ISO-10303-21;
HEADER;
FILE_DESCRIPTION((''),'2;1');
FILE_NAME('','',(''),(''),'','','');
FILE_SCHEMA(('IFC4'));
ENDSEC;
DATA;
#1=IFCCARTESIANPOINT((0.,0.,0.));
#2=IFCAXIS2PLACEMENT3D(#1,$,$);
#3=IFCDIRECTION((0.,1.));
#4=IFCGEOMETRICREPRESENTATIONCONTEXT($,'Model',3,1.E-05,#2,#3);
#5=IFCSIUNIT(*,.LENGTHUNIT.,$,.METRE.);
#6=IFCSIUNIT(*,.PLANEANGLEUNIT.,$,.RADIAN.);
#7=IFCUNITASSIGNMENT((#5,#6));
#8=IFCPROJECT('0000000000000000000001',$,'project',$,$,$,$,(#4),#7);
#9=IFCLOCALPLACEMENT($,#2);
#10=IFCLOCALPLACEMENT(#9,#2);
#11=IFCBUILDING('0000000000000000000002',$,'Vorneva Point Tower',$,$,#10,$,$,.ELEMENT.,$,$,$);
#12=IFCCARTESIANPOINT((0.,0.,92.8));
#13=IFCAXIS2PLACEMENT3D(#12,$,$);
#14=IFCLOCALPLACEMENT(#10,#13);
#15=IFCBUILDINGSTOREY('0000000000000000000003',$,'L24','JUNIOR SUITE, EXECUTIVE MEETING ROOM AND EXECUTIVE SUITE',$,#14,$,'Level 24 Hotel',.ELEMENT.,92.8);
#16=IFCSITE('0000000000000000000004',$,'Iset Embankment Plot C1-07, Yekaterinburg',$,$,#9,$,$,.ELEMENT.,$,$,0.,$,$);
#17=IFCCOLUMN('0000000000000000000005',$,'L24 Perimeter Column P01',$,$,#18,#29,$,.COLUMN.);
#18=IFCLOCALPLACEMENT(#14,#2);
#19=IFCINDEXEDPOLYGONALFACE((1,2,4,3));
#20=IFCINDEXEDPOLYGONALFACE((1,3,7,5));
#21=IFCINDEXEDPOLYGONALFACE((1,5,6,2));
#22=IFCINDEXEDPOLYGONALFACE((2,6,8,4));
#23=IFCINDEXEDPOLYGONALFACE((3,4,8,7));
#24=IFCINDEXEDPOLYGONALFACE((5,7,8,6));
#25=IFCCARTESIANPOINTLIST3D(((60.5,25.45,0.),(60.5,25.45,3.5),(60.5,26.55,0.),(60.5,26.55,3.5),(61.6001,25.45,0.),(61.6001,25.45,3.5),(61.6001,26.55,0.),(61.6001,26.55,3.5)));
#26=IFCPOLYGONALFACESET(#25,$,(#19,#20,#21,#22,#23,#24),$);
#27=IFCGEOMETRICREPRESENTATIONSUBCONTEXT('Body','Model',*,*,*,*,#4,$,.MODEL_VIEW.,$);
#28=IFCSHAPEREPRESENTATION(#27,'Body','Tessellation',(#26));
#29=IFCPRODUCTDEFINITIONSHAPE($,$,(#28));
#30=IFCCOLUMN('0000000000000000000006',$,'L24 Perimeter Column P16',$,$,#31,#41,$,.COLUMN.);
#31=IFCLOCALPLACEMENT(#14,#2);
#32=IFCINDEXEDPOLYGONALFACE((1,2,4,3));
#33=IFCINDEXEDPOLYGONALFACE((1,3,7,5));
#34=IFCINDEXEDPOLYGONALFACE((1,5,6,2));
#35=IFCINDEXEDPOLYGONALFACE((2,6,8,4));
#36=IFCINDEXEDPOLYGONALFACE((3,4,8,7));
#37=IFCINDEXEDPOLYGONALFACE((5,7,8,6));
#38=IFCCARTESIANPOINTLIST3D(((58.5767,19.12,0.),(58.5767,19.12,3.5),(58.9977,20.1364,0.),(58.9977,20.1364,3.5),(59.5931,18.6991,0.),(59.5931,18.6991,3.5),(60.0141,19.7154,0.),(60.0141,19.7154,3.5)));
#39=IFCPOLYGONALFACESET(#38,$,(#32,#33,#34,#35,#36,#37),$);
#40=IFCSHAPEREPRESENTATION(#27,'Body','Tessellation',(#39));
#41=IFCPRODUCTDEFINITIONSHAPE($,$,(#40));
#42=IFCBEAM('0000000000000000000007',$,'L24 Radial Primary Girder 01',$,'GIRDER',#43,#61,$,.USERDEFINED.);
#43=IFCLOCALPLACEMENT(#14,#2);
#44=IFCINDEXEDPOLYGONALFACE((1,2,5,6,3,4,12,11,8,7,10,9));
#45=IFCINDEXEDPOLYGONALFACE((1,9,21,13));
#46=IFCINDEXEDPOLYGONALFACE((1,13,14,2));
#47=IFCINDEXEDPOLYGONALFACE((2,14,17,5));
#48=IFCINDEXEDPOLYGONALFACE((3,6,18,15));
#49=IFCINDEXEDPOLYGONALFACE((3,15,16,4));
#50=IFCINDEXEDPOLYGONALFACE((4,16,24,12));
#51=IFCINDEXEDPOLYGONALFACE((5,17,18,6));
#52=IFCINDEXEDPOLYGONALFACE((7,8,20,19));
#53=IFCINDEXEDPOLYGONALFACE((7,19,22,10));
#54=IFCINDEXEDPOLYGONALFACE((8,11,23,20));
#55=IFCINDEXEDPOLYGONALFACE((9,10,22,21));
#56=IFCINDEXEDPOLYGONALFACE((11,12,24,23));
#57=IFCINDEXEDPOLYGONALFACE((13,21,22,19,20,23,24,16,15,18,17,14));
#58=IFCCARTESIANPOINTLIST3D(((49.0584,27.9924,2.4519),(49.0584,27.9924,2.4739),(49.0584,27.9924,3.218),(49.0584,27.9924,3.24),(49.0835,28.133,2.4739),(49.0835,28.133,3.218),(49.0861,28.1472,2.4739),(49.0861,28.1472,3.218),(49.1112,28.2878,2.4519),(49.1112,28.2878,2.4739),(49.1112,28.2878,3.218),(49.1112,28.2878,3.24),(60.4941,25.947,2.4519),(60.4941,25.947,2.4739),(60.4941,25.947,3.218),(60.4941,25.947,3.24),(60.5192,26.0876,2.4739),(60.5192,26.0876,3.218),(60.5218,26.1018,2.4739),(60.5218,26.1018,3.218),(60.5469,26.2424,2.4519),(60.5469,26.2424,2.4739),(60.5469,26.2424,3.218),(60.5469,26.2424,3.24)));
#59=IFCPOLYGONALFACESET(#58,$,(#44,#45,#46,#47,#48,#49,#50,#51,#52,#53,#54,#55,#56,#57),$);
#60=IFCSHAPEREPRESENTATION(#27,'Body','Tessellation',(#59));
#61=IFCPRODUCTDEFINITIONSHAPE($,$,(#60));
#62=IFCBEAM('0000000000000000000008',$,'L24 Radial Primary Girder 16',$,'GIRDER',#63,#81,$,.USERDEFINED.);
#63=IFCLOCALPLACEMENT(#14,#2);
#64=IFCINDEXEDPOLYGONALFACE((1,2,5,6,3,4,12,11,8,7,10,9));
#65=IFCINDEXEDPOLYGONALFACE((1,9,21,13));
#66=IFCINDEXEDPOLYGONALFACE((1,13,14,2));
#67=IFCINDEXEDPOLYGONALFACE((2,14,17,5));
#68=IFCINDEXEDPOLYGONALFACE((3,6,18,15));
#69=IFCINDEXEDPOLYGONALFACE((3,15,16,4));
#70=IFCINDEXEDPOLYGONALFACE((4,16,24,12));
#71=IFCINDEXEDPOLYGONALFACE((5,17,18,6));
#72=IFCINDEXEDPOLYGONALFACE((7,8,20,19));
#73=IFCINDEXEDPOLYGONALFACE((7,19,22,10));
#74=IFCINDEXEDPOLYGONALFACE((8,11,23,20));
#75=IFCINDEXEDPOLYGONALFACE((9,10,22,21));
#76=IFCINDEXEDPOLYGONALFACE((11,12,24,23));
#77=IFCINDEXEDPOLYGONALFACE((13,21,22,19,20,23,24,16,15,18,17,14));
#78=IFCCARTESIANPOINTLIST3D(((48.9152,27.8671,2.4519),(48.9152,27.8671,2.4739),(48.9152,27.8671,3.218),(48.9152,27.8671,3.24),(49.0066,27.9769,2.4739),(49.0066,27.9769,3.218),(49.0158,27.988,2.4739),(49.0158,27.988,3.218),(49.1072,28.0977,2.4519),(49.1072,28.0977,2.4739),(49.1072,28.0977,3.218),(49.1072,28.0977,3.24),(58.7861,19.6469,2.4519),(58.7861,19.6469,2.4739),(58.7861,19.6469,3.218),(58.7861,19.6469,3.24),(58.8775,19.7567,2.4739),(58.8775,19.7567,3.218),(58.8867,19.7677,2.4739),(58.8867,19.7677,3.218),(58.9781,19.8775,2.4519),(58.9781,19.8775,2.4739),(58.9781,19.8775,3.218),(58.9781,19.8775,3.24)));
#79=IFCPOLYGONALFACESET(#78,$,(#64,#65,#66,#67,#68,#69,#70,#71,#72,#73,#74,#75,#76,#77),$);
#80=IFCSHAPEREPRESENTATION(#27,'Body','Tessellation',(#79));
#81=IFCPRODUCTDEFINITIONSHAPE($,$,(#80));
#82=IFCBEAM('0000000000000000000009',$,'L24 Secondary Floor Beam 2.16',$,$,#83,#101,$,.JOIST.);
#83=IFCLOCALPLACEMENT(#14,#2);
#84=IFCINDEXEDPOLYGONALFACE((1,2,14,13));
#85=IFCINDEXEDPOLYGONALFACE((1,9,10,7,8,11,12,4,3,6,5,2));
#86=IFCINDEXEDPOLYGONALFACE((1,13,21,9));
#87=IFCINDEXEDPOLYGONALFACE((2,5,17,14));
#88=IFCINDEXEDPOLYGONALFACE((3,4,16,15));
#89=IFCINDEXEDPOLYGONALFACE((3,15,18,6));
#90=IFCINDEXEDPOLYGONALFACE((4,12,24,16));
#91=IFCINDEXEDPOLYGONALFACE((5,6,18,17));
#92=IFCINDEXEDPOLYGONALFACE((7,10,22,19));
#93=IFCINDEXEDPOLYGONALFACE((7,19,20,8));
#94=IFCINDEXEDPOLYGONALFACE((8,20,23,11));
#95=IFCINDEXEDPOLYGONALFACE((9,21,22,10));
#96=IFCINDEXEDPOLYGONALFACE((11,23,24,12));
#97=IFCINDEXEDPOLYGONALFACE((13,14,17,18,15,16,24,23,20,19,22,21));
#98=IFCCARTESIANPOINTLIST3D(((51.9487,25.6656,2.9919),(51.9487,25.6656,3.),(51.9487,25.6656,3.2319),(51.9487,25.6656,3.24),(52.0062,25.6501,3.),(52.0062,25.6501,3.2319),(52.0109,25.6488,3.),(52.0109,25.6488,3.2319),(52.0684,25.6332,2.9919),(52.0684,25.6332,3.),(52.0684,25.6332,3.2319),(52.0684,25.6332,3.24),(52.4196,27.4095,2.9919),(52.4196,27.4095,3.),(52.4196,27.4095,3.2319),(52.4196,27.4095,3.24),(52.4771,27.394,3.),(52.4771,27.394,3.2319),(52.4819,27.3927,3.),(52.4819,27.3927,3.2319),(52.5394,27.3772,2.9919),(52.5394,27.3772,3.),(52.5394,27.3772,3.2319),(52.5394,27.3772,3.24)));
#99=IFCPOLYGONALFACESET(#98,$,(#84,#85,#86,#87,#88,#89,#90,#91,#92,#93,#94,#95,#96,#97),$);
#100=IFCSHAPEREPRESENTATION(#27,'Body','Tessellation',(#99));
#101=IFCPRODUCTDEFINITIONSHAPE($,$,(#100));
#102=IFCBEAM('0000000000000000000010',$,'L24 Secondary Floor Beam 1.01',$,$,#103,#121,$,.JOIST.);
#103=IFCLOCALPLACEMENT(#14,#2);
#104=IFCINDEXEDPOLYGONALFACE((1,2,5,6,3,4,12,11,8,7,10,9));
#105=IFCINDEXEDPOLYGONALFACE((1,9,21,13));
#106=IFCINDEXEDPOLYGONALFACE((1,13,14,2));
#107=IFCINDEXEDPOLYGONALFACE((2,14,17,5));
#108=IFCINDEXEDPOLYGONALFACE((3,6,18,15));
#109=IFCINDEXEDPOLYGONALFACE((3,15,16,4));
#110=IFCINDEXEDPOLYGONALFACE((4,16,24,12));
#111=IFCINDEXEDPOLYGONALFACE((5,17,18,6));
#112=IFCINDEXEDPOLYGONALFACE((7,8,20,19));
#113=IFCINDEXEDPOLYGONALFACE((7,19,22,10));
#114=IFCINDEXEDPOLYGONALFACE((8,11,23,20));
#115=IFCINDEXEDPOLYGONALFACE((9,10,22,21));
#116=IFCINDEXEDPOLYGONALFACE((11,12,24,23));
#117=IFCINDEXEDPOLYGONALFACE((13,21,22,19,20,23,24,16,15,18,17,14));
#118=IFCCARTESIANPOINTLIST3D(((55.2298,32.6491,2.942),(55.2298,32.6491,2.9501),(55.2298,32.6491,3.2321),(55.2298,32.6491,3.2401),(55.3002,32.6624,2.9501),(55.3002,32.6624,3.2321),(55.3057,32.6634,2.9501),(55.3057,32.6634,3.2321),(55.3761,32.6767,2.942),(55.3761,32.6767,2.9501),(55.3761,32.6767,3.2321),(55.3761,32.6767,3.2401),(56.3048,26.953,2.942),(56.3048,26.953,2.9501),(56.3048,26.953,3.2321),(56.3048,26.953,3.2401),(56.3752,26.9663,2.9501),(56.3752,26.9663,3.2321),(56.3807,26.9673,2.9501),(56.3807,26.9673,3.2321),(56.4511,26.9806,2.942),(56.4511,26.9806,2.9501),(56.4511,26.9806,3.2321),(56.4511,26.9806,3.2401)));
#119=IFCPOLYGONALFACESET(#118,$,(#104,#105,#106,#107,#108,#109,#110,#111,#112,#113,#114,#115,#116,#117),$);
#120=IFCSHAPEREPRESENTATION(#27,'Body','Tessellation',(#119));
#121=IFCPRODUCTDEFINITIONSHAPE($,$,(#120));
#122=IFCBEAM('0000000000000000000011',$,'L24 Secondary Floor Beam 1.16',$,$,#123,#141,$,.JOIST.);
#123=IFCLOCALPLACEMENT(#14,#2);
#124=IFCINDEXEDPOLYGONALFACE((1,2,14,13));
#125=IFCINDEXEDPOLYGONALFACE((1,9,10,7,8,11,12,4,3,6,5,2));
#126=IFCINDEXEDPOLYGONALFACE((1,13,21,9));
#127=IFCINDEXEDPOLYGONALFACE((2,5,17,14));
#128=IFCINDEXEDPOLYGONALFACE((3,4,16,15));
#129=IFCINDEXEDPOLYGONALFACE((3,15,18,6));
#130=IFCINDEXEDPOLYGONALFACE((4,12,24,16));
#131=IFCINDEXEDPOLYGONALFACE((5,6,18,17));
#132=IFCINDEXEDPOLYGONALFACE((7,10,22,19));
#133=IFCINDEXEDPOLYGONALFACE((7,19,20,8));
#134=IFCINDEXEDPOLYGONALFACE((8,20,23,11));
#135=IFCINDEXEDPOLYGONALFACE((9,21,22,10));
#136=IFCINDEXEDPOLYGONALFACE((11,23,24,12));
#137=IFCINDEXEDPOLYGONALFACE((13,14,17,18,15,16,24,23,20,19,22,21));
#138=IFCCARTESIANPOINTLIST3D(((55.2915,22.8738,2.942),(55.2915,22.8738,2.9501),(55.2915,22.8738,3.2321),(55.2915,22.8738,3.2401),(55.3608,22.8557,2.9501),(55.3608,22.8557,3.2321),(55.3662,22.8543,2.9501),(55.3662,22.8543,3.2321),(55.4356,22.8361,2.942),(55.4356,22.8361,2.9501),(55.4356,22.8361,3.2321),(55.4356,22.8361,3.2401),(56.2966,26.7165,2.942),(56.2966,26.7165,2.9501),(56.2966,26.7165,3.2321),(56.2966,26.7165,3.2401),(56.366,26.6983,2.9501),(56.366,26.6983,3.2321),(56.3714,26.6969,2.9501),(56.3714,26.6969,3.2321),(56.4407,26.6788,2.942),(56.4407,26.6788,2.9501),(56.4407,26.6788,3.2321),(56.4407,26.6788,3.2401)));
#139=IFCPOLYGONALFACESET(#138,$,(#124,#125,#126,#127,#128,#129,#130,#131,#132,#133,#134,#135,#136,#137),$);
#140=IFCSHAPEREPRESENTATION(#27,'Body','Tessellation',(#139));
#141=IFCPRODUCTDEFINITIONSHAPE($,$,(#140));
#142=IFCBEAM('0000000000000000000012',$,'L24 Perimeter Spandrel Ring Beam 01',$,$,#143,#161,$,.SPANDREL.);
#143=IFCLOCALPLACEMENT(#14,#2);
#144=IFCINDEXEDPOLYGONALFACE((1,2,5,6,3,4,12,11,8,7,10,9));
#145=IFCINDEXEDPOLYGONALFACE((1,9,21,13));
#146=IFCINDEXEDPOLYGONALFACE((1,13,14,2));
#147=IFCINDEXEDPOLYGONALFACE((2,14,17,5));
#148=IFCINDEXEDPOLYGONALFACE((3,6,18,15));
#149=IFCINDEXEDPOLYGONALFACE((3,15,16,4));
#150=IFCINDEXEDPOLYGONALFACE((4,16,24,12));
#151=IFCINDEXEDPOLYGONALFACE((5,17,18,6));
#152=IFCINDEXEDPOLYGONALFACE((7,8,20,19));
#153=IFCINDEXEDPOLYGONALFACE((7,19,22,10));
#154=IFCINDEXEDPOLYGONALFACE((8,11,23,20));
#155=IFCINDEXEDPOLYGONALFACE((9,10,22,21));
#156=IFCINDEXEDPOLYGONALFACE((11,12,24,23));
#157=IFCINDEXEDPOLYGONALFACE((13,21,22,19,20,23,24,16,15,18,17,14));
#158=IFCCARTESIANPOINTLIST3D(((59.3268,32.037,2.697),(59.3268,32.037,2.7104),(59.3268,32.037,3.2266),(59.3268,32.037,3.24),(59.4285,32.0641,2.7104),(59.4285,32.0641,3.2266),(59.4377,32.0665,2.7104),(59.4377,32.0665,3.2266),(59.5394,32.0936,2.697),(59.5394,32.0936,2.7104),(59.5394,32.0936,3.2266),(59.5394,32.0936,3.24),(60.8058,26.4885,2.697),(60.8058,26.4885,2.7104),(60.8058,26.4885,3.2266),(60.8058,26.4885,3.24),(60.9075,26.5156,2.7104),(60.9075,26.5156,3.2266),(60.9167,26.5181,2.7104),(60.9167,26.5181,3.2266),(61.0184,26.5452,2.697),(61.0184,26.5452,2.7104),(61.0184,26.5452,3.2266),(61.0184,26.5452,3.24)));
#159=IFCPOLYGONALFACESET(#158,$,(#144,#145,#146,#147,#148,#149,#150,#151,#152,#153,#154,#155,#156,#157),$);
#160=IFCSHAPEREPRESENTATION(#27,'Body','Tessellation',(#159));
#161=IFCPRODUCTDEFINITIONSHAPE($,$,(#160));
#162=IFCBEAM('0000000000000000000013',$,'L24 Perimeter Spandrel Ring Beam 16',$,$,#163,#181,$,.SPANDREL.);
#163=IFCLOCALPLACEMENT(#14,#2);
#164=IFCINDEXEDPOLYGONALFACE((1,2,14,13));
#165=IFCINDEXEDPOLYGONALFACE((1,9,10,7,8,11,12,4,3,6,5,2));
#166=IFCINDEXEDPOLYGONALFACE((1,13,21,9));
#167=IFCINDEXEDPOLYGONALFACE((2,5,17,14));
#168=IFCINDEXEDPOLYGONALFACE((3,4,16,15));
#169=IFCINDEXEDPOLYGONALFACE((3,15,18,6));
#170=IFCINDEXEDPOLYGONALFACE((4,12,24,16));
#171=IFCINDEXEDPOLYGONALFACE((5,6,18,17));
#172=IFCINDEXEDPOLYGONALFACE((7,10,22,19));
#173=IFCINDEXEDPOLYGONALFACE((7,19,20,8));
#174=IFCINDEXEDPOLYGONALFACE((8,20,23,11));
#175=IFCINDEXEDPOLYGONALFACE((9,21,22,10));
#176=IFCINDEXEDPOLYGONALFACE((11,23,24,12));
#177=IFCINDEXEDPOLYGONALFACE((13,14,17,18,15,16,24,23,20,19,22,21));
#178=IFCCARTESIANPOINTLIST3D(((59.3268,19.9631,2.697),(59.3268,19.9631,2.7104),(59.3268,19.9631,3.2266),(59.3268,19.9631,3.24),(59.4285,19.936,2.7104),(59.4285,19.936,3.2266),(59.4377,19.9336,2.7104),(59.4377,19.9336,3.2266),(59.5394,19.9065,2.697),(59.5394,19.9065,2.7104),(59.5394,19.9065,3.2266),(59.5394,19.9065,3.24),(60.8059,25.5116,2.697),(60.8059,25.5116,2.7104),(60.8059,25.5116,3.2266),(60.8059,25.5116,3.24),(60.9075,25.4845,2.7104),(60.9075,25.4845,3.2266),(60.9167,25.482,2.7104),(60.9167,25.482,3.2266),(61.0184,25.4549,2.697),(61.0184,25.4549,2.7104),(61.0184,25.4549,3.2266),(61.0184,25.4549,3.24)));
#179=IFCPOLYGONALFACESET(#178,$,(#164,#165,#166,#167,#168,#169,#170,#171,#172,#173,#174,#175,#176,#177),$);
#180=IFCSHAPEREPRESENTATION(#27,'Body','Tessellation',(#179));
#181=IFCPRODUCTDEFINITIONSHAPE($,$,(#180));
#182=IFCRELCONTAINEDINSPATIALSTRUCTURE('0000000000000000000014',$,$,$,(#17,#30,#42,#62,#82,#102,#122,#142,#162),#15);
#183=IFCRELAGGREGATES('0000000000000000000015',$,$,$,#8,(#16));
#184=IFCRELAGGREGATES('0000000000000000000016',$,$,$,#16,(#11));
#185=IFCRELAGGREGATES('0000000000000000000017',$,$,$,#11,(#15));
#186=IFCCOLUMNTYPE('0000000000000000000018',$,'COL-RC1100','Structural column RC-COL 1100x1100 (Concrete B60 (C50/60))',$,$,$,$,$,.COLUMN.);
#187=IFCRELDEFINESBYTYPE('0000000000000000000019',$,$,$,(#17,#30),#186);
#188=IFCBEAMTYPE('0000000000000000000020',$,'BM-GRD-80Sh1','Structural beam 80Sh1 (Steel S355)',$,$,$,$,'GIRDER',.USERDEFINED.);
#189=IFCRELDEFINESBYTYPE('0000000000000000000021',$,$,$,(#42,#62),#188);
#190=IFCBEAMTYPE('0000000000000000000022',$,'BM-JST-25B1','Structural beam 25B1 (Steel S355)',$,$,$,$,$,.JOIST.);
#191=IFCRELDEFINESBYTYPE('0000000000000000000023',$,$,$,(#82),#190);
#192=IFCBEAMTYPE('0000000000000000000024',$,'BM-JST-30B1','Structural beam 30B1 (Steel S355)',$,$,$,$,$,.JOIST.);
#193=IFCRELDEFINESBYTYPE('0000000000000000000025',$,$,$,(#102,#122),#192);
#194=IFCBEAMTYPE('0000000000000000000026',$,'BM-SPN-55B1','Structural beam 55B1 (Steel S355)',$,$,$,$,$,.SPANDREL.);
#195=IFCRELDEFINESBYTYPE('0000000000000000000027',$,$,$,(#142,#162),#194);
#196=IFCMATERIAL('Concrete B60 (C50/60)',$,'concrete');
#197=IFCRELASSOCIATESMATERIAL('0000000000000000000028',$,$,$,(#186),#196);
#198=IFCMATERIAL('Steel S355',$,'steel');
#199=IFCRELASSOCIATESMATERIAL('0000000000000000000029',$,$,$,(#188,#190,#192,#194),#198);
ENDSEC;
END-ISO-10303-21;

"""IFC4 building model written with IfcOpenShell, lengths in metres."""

from ifc_helpers import new_model, si_unit, direction, frame, origin, origin_2d, place, context, subcontext, project, spatial, rectangle, i_section, extrude, material, material_profile, profile_set, type_object, element, save


model = new_model("IFC4")

# Units and contexts
model_context = context("Model", 3, precision=1e-05, world=origin(), true_north=direction((0.0, 1.0)))
body_context = subcontext(model_context, "Body", "Model", "MODEL_VIEW")
ifc_project = project(units=[si_unit("LENGTHUNIT", "METRE"), si_unit("PLANEANGLEUNIT", "RADIAN")], contexts=[model_context])

# Site, building, storey
site_placement = place(None, origin())
site = spatial("IfcSite", under=ifc_project, at=site_placement, Name="Iset Embankment Plot C1-07, Yekaterinburg", CompositionType="ELEMENT", RefElevation=0.0)
building_placement = place(site_placement, origin())
building = spatial("IfcBuilding", under=site, at=building_placement, Name="Vorneva Point Tower", CompositionType="ELEMENT")
storey_placement = place(building_placement, frame((0.0, 0.0, 92.8)))
storey = spatial("IfcBuildingStorey", under=building, at=storey_placement, Name="L24", Description="JUNIOR SUITE, EXECUTIVE MEETING ROOM AND EXECUTIVE SUITE", LongName="Level 24 Hotel", CompositionType="ELEMENT", Elevation=92.8)

# Columns
ifc_material_1 = material(Name="Concrete B60 (C50/60)", Category="concrete")
ifc_material_profile_1 = material_profile(ifc_material_1, rectangle(XDim=1.1001, YDim=1.1001, at=origin_2d()), Name="RC-COL 1100x1100")
ifc_profile_set_1 = profile_set([ifc_material_profile_1], Name="Concrete B60 (C50/60)")
column_type = type_object("IfcColumnType", Name="COL-RC1100", Description="Structural column RC-COL 1100x1100 (Concrete B60 (C50/60))", PredefinedType="COLUMN", material=ifc_profile_set_1)
for number, where, z_axis, x_axis, name in (
    (1, (61.05, 26.0, 0.0), (0.0, 0.0, 1.0), (1.0, 0.0, 0.0), "L24 Perimeter Column P01"),
    (2, (59.2954, 19.4177, 0.0), (0.0, 0.0, 1.0), (0.92388, -0.382683, 0.0), "L24 Perimeter Column P16"),
):
    element("IfcColumn", number, at=place(storey_placement, frame(where, z_axis=z_axis, x_axis=x_axis)), inside=storey, type_object=column_type, Name=name, PredefinedType="COLUMN", context=body_context, shape_type="SweptSolid", body=[
        extrude(rectangle(XDim=1.1001, YDim=1.1001, at=origin_2d()), origin(), (0.0, 0.0, 1.0), 3.5),
    ])

# Beams
ifc_material_2 = material(Name="Steel S355", Category="steel")
ifc_material_profile_2 = material_profile(ifc_material_2, i_section(OverallWidth=0.3, OverallDepth=0.7881, WebThickness=0.0144, FlangeThickness=0.022, at=origin_2d()), Name="80Sh1")
ifc_profile_set_2 = profile_set([ifc_material_profile_2], Name="Steel S355")
beam_type_1 = type_object("IfcBeamType", Name="BM-GRD-80Sh1", Description="Structural beam 80Sh1 (Steel S355)", ElementType="GIRDER", PredefinedType="USERDEFINED", material=ifc_profile_set_2)
beam_1_placement = place(storey_placement, frame((60.5205, 26.0947, 2.8459), z_axis=(-0.984378, 0.176066, 0.0), x_axis=(-0.176066, -0.984378, 0.0)))
element("IfcBeam", 3, at=beam_1_placement, inside=storey, type_object=beam_type_1, Name="L24 Radial Primary Girder 01", ObjectType="GIRDER", PredefinedType="USERDEFINED", context=body_context, shape_type="SweptSolid", body=[
    extrude(i_section(OverallWidth=0.3, OverallDepth=0.7881, WebThickness=0.0144, FlangeThickness=0.022, at=origin_2d()), origin(), (0.0, 0.0, 1.0), 11.6172),
])
beam_2_placement = place(storey_placement, frame((58.8821, 19.7622, 2.8459), z_axis=(-0.768432, 0.639932, 0.0), x_axis=(-0.639932, -0.768432, 0.0)))
element("IfcBeam", 4, at=beam_2_placement, inside=storey, type_object=beam_type_1, Name="L24 Radial Primary Girder 16", ObjectType="GIRDER", PredefinedType="USERDEFINED", context=body_context, shape_type="SweptSolid", body=[
    extrude(i_section(OverallWidth=0.3, OverallDepth=0.7881, WebThickness=0.0144, FlangeThickness=0.022, at=origin_2d()), origin(), (0.0, 0.0, 1.0), 12.8455),
])
ifc_material_profile_3 = material_profile(ifc_material_2, i_section(OverallWidth=0.124, OverallDepth=0.248, WebThickness=0.0049, FlangeThickness=0.0081, at=origin_2d()), Name="25B1")
ifc_profile_set_3 = profile_set([ifc_material_profile_3], Name="Steel S355")
beam_type_2 = type_object("IfcBeamType", Name="BM-JST-25B1", Description="Structural beam 25B1 (Steel S355)", PredefinedType="JOIST", material=ifc_profile_set_3)
beam_3_placement = place(storey_placement, frame((52.0085, 25.6494, 3.116), z_axis=(0.260715, 0.965416, 0.0), x_axis=(-0.965416, 0.260715, 0.0)))
element("IfcBeam", 5, at=beam_3_placement, inside=storey, type_object=beam_type_2, Name="L24 Secondary Floor Beam 2.16", PredefinedType="JOIST", context=body_context, shape_type="SweptSolid", body=[
    extrude(i_section(OverallWidth=0.124, OverallDepth=0.248, WebThickness=0.0049, FlangeThickness=0.0081, at=origin_2d()), origin(), (0.0, 0.0, 1.0), 1.8064),
])
ifc_material_profile_4 = material_profile(ifc_material_2, i_section(OverallWidth=0.1489, OverallDepth=0.2981, WebThickness=0.0056, FlangeThickness=0.0081, at=origin_2d()), Name="30B1")
ifc_profile_set_4 = profile_set([ifc_material_profile_4], Name="Steel S355")
beam_type_3 = type_object("IfcBeamType", Name="BM-JST-30B1", Description="Structural beam 30B1 (Steel S355)", PredefinedType="JOIST", material=ifc_profile_set_4)
beam_4_placement = place(storey_placement, frame((56.3779, 26.9668, 3.0911), z_axis=(-0.185445, 0.982655, 0.0), x_axis=(-0.982655, -0.185445, 0.0)))
element("IfcBeam", 6, at=beam_4_placement, inside=storey, type_object=beam_type_3, Name="L24 Secondary Floor Beam 1.01", PredefinedType="JOIST", context=body_context, shape_type="SweptSolid", body=[
    extrude(i_section(OverallWidth=0.1489, OverallDepth=0.2981, WebThickness=0.0056, FlangeThickness=0.0081, at=origin_2d()), origin(), (0.0, 0.0, 1.0), 5.7966),
])
beam_5_placement = place(storey_placement, frame((55.3635, 22.855, 3.0911), z_axis=(0.253065, 0.967449, 0.0), x_axis=(-0.967449, 0.253065, 0.0)))
element("IfcBeam", 7, at=beam_5_placement, inside=storey, type_object=beam_type_3, Name="L24 Secondary Floor Beam 1.16", PredefinedType="JOIST", context=body_context, shape_type="SweptSolid", body=[
    extrude(i_section(OverallWidth=0.1489, OverallDepth=0.2981, WebThickness=0.0056, FlangeThickness=0.0081, at=origin_2d()), origin(), (0.0, 0.0, 1.0), 3.9719),
])
ifc_material_profile_5 = material_profile(ifc_material_2, i_section(OverallWidth=0.22, OverallDepth=0.543, WebThickness=0.0095, FlangeThickness=0.0134, at=origin_2d()), Name="55B1")
ifc_profile_set_5 = profile_set([ifc_material_profile_5], Name="Steel S355")
beam_type_4 = type_object("IfcBeamType", Name="BM-SPN-55B1", Description="Structural beam 55B1 (Steel S355)", PredefinedType="SPANDREL", material=ifc_profile_set_5)
for number, where, z_axis, x_axis, name in (
    (8, (60.9121, 26.5168, 2.9685), (-0.257573, 0.966259, 0.0), (-0.966259, -0.257573, 0.0), "L24 Perimeter Spandrel Ring Beam 01"),
    (9, (59.4331, 19.9348, 2.9685), (0.257573, 0.966259, 0.0), (-0.966259, 0.257573, 0.0), "L24 Perimeter Spandrel Ring Beam 16"),
):
    element("IfcBeam", number, at=place(storey_placement, frame(where, z_axis=z_axis, x_axis=x_axis)), inside=storey, type_object=beam_type_4, Name=name, PredefinedType="SPANDREL", context=body_context, shape_type="SweptSolid", body=[
        extrude(i_section(OverallWidth=0.22, OverallDepth=0.543, WebThickness=0.0095, FlangeThickness=0.0134, at=origin_2d()), origin(), (0.0, 0.0, 1.0), 5.7422),
    ])

save(model, "model.ifc")
